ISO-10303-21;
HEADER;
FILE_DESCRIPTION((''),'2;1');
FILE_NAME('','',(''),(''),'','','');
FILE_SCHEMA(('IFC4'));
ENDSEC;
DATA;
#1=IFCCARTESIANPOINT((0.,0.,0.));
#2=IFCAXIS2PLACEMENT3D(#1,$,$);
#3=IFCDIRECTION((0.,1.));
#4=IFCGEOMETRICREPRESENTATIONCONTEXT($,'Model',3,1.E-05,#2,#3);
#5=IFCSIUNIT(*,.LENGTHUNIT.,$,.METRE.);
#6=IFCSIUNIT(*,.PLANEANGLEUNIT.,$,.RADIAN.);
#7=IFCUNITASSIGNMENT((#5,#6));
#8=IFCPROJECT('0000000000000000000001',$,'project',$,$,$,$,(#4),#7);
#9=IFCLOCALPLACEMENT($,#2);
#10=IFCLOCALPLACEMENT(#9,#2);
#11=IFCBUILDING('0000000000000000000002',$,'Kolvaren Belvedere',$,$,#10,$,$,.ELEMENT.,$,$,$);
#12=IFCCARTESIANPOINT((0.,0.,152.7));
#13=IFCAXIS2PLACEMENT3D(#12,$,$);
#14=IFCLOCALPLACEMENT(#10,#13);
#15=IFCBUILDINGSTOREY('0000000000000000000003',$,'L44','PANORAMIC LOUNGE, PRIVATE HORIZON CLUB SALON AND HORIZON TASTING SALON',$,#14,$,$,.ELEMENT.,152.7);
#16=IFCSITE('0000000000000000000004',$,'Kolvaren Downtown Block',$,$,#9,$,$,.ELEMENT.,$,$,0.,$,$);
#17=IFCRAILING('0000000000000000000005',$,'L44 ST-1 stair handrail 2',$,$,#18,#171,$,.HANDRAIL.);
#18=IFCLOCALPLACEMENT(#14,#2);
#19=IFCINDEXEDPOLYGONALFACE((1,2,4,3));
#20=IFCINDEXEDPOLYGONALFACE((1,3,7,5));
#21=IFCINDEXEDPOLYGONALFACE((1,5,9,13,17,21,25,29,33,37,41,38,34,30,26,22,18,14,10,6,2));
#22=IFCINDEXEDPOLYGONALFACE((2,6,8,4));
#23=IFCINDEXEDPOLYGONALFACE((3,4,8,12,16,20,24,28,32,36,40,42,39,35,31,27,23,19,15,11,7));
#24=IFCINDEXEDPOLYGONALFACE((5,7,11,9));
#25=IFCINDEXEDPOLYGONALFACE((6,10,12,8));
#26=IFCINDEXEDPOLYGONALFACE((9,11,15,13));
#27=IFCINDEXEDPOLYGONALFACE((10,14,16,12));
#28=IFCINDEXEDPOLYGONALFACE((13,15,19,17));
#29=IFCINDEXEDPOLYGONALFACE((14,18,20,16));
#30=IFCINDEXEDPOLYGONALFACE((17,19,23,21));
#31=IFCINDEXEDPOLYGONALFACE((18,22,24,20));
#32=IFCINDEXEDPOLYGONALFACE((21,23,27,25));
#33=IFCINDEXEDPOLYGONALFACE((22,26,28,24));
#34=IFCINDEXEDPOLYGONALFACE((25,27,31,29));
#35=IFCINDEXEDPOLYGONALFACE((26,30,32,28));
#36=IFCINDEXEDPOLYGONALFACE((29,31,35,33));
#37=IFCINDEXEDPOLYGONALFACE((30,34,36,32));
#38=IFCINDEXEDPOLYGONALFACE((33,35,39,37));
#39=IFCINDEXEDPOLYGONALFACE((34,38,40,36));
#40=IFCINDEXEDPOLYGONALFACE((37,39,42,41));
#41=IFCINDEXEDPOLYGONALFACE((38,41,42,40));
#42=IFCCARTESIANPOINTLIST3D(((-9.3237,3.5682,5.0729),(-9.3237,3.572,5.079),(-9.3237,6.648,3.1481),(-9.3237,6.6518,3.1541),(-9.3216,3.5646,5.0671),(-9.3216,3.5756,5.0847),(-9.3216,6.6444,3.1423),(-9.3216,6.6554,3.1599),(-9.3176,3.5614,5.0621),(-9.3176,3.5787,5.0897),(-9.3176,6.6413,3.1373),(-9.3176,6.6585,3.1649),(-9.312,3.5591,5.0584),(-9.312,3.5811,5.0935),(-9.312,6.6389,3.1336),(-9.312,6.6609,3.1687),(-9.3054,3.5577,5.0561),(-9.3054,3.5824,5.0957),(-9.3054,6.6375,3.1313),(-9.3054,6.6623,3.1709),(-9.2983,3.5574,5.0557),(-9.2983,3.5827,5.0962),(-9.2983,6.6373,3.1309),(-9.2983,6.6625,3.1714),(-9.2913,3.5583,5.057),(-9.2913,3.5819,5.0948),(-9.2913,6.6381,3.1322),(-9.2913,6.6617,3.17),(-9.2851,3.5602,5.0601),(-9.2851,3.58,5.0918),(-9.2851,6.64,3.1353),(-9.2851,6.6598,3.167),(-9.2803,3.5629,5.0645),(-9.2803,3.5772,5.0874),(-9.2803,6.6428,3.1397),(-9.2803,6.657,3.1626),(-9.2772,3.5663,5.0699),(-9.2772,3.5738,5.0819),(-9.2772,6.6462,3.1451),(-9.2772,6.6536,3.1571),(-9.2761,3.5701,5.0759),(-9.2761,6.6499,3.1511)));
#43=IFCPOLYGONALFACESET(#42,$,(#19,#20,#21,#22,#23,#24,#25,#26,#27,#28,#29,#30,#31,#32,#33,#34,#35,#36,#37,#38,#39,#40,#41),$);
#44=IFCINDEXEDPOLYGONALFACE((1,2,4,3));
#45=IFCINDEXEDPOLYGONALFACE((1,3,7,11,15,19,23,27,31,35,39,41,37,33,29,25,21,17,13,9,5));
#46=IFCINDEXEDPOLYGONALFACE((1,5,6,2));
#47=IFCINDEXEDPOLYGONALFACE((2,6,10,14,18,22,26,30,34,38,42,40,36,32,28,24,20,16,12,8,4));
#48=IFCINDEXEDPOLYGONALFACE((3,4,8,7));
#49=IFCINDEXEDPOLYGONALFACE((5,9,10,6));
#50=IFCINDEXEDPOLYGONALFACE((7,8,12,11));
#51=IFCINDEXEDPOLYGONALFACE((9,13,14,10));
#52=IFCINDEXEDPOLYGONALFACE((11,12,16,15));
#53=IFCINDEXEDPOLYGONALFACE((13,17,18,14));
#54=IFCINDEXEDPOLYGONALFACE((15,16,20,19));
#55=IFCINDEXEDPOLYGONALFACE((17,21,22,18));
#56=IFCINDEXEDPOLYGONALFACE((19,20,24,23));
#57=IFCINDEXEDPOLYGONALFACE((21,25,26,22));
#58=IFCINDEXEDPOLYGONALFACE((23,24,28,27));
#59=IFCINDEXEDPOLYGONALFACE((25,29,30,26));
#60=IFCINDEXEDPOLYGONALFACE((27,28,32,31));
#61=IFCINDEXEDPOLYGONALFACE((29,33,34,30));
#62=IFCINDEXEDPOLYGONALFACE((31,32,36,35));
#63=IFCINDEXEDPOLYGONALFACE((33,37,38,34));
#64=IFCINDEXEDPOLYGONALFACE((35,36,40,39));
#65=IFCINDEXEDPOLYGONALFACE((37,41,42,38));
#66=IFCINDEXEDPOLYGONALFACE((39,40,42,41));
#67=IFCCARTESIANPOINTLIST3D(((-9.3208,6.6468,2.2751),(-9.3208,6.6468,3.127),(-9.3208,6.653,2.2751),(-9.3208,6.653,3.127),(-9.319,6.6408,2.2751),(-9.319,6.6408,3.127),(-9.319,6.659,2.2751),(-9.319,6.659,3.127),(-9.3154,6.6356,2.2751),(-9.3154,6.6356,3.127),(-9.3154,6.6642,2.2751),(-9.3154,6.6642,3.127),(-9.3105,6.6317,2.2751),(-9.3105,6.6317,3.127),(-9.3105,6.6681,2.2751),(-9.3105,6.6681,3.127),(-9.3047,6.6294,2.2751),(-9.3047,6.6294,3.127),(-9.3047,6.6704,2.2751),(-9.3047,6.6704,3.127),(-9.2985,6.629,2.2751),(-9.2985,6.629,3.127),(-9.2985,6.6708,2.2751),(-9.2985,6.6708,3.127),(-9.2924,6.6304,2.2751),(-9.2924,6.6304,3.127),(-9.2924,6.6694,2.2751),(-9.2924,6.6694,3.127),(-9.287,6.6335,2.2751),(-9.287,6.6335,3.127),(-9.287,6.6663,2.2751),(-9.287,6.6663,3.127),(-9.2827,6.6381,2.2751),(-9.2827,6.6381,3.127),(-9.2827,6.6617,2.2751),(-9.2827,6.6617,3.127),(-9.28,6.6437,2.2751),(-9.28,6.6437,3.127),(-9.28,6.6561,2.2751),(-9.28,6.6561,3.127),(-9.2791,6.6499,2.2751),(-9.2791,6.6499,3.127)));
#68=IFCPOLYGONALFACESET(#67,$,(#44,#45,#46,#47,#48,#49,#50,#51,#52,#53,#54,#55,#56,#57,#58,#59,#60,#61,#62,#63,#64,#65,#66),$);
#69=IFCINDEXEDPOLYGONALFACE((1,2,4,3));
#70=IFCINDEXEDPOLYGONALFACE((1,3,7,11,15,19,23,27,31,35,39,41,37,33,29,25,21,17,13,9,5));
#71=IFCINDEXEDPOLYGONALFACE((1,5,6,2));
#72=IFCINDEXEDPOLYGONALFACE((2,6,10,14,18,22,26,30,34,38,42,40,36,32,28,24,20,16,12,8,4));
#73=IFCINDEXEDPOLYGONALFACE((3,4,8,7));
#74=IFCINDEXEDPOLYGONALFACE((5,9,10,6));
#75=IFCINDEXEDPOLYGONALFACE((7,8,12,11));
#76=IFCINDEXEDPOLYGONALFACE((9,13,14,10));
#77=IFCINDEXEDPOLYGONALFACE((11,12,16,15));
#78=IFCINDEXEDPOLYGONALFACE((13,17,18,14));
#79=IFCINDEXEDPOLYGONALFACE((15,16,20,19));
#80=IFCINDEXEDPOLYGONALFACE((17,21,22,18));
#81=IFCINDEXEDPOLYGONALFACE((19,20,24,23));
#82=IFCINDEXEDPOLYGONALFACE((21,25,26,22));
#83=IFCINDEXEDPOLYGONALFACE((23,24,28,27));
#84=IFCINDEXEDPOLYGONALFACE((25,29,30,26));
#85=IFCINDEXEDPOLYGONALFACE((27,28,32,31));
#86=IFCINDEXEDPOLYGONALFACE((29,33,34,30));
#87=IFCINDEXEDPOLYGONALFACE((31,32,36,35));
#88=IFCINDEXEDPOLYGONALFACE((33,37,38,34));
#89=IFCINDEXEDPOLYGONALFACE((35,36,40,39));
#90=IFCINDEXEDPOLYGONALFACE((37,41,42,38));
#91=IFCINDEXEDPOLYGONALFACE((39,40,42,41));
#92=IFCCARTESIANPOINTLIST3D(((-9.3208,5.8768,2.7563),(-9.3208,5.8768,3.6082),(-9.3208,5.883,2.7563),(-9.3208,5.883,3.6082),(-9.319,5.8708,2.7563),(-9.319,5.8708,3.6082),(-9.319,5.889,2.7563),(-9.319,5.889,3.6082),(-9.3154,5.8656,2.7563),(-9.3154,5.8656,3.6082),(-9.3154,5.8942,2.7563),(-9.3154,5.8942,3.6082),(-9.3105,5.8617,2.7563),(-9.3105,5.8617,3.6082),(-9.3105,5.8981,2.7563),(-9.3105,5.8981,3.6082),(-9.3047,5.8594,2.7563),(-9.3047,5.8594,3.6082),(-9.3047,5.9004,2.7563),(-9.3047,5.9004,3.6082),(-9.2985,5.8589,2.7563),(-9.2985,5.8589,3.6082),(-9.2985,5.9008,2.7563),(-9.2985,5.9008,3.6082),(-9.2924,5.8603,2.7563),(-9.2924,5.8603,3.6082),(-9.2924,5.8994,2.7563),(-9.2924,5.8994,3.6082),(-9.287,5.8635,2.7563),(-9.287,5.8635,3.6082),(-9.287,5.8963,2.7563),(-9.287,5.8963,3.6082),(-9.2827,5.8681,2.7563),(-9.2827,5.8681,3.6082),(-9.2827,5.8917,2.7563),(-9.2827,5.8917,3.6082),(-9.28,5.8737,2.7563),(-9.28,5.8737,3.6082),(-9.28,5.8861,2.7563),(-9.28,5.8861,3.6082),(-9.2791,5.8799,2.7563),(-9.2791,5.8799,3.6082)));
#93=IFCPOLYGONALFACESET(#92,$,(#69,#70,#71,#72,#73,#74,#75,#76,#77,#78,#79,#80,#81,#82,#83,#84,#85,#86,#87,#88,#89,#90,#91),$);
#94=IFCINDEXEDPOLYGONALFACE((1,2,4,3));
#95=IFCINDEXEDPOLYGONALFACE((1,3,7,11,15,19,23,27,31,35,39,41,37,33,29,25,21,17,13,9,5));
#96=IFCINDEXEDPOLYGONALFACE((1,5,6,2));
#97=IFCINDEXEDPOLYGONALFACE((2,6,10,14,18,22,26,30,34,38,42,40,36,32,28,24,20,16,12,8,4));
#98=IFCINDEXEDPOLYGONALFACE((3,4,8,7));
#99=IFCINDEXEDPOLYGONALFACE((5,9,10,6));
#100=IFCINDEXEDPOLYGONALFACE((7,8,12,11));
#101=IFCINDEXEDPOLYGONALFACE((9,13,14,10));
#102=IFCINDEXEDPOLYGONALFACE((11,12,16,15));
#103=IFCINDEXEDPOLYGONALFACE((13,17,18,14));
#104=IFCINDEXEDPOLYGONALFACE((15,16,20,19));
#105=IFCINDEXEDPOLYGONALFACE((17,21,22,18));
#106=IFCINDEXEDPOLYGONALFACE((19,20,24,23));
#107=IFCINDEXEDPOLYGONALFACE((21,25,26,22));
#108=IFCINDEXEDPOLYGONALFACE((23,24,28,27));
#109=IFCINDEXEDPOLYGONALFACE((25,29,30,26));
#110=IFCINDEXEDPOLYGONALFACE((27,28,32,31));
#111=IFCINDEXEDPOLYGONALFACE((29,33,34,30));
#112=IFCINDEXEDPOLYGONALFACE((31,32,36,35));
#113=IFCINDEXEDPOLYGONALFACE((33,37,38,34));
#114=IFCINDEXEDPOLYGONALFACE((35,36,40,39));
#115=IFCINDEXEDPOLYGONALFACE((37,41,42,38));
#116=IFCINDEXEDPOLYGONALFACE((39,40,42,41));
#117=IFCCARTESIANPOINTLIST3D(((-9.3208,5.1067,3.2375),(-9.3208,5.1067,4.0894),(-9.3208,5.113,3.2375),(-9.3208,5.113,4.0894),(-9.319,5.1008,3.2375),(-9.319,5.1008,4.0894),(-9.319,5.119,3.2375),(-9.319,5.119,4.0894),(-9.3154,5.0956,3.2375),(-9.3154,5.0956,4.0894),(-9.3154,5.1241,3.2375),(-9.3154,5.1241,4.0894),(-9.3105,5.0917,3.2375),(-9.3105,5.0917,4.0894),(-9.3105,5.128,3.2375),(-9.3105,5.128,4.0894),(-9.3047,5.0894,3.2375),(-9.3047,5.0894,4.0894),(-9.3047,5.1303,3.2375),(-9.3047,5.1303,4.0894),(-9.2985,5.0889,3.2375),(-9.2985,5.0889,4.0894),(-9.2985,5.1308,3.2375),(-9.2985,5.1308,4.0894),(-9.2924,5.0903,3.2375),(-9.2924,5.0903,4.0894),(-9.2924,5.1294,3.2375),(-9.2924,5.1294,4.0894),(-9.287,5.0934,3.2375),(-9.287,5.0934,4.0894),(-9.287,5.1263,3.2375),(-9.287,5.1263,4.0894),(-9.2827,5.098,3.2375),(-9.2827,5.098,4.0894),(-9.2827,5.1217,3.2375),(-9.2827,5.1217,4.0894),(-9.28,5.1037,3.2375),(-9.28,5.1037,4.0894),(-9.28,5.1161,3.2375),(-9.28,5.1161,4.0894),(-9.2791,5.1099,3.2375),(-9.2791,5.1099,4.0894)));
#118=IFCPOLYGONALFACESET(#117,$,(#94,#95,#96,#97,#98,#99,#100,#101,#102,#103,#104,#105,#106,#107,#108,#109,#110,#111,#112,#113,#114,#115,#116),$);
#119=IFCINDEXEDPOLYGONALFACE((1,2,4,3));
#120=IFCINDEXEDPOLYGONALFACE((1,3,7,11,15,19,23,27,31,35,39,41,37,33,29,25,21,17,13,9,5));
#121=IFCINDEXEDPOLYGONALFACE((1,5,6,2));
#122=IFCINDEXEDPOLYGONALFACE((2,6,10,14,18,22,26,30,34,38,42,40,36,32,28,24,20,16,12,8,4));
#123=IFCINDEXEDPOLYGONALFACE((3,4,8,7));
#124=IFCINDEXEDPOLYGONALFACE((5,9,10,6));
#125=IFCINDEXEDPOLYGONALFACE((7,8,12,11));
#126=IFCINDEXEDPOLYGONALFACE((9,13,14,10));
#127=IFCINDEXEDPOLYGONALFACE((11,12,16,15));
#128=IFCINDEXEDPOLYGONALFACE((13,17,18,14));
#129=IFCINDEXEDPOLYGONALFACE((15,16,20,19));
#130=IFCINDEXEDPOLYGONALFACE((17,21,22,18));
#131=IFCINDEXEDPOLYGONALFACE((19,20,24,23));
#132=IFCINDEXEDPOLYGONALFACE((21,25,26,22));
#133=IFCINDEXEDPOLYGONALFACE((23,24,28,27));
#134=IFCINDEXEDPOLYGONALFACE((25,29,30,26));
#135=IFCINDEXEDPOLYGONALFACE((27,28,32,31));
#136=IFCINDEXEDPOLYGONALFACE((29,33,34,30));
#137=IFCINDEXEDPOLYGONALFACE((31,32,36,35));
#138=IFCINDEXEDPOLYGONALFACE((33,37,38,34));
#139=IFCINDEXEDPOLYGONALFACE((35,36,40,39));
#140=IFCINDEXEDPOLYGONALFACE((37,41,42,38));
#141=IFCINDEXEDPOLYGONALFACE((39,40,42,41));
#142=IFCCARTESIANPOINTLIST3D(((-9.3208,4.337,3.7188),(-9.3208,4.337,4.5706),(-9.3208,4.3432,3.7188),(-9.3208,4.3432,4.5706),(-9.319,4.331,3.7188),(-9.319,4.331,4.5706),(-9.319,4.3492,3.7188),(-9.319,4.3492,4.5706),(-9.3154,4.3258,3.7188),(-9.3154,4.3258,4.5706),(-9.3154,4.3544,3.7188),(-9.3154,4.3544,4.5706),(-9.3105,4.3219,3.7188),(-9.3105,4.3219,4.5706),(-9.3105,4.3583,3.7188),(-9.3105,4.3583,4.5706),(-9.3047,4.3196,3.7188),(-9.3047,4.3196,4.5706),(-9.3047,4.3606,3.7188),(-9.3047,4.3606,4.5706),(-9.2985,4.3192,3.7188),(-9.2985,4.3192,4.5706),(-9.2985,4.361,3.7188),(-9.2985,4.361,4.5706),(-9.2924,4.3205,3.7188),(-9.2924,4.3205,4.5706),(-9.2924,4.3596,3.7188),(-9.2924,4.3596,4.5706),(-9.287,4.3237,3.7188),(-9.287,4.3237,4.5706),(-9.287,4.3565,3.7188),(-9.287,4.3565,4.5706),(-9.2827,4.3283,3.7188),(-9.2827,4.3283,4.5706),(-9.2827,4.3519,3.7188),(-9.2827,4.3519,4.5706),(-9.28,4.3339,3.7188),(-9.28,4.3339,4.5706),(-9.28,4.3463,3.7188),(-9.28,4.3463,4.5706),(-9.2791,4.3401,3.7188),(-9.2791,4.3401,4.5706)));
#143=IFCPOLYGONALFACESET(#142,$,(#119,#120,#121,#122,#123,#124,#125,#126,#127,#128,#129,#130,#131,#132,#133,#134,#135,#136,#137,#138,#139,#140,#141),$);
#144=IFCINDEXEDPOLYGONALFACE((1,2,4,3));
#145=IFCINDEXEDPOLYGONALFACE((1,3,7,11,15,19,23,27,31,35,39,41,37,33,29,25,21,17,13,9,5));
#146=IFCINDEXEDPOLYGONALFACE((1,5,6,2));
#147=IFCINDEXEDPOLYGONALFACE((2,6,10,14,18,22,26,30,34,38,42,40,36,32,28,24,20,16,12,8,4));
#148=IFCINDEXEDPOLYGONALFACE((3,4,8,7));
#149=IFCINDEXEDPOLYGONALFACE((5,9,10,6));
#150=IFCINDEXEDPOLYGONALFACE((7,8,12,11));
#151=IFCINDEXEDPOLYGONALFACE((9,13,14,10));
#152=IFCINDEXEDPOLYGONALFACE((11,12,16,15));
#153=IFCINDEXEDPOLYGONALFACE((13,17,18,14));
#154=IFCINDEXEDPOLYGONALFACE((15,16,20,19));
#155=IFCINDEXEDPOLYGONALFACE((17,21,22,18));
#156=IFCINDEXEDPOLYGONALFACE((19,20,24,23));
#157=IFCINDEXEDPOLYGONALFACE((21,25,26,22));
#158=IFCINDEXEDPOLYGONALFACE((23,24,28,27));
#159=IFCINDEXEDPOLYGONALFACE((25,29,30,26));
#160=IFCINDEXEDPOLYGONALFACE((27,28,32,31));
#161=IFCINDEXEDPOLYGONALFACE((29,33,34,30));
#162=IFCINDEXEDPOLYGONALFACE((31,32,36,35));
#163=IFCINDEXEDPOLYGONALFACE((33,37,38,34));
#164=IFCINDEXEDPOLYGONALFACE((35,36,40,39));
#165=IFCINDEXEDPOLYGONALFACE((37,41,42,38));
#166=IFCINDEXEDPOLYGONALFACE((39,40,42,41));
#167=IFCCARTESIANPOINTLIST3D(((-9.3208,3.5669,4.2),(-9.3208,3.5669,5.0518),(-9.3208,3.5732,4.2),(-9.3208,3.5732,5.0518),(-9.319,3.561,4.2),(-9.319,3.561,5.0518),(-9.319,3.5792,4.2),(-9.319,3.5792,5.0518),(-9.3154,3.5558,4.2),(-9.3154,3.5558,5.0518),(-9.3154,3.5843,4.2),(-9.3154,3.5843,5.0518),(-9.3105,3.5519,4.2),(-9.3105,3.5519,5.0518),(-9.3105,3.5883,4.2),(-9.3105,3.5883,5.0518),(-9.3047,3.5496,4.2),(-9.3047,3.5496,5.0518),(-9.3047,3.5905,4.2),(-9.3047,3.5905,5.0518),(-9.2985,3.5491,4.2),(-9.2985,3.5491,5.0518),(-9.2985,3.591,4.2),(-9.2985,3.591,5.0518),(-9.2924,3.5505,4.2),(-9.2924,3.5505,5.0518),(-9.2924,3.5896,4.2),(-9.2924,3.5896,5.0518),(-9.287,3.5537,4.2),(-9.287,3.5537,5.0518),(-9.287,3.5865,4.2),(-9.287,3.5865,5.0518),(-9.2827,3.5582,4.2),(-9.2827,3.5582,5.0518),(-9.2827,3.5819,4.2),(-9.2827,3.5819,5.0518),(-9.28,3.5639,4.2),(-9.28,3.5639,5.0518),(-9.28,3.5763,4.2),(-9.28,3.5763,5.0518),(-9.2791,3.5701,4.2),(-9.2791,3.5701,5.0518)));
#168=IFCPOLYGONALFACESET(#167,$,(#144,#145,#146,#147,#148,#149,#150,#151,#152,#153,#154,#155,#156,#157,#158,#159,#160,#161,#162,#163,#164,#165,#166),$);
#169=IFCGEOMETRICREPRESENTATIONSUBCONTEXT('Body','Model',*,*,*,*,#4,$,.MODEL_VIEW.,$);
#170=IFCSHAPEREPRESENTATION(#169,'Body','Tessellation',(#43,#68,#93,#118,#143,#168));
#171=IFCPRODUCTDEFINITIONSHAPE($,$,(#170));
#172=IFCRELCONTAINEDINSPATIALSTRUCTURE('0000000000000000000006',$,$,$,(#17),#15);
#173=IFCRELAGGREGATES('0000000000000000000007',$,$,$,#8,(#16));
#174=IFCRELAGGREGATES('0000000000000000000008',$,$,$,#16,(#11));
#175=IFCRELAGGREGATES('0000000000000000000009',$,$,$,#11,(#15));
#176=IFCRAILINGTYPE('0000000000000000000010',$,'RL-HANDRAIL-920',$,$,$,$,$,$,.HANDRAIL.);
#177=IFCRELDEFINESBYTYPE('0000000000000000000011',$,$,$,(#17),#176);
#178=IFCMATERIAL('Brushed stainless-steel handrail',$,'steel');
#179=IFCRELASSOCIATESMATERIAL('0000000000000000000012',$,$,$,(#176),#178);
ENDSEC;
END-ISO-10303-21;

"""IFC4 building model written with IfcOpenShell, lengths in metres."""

from ifc_helpers import new_model, si_unit, direction, frame, origin, origin_2d, place, context, subcontext, project, spatial, circle, extrude, material, type_object, element, save


model = new_model("IFC4")

# Units and contexts
model_context = context("Model", 3, precision=1e-05, world=origin(), true_north=direction((0.0, 1.0)))
body_context = subcontext(model_context, "Body", "Model", "MODEL_VIEW")
ifc_project = project(units=[si_unit("LENGTHUNIT", "METRE"), si_unit("PLANEANGLEUNIT", "RADIAN")], contexts=[model_context])

# Site, building, storey
site_placement = place(None, origin())
site = spatial("IfcSite", under=ifc_project, at=site_placement, Name="Kolvaren Downtown Block", CompositionType="ELEMENT", RefElevation=0.0)
building_placement = place(site_placement, origin())
building = spatial("IfcBuilding", under=site, at=building_placement, Name="Kolvaren Belvedere", CompositionType="ELEMENT")
storey_placement = place(building_placement, frame((0.0, 0.0, 152.7)))
storey = spatial("IfcBuildingStorey", under=building, at=storey_placement, Name="L44", Description="PANORAMIC LOUNGE, PRIVATE HORIZON CLUB SALON AND HORIZON TASTING SALON", CompositionType="ELEMENT", Elevation=152.7)

# Railing
ifc_material_1 = material(Name="Brushed stainless-steel handrail", Category="steel")
railing_type_1 = type_object("IfcRailingType", Name="RL-HANDRAIL-920", PredefinedType="HANDRAIL", material=ifc_material_1)
railing_1_placement = place(storey_placement, frame((-9.3, 6.6499, 2.2751)))
element("IfcRailing", 1, at=railing_1_placement, inside=storey, type_object=railing_type_1, Name="L44 ST-1 stair handrail 2", PredefinedType="HANDRAIL", context=body_context, shape_type="SweptSolid", body=[
    extrude(circle(Radius=0.0239, at=origin_2d()), frame((0.0, 0.0, 0.876), z_axis=(0.0, -0.84801, 0.529981), x_axis=(1.0, 0.0, 0.0)), (0.0, 0.0, 1.0), 3.6318),
    extrude(circle(Radius=0.021, at=origin_2d()), origin(), (0.0, 0.0, 1.0), 0.8518),
    extrude(circle(Radius=0.021, at=origin_2d()), frame((0.0, -0.77, 0.4812)), (0.0, 0.0, 1.0), 0.8518),
    extrude(circle(Radius=0.021, at=origin_2d()), frame((0.0, -1.54, 0.9624)), (0.0, 0.0, 1.0), 0.8518),
    extrude(circle(Radius=0.021, at=origin_2d()), frame((0.0, -2.3098, 1.4436)), (0.0, 0.0, 1.0), 0.8518),
    extrude(circle(Radius=0.021, at=origin_2d()), frame((0.0, -3.0798, 1.9248)), (0.0, 0.0, 1.0), 0.8518),
])

save(model, "model.ifc")
